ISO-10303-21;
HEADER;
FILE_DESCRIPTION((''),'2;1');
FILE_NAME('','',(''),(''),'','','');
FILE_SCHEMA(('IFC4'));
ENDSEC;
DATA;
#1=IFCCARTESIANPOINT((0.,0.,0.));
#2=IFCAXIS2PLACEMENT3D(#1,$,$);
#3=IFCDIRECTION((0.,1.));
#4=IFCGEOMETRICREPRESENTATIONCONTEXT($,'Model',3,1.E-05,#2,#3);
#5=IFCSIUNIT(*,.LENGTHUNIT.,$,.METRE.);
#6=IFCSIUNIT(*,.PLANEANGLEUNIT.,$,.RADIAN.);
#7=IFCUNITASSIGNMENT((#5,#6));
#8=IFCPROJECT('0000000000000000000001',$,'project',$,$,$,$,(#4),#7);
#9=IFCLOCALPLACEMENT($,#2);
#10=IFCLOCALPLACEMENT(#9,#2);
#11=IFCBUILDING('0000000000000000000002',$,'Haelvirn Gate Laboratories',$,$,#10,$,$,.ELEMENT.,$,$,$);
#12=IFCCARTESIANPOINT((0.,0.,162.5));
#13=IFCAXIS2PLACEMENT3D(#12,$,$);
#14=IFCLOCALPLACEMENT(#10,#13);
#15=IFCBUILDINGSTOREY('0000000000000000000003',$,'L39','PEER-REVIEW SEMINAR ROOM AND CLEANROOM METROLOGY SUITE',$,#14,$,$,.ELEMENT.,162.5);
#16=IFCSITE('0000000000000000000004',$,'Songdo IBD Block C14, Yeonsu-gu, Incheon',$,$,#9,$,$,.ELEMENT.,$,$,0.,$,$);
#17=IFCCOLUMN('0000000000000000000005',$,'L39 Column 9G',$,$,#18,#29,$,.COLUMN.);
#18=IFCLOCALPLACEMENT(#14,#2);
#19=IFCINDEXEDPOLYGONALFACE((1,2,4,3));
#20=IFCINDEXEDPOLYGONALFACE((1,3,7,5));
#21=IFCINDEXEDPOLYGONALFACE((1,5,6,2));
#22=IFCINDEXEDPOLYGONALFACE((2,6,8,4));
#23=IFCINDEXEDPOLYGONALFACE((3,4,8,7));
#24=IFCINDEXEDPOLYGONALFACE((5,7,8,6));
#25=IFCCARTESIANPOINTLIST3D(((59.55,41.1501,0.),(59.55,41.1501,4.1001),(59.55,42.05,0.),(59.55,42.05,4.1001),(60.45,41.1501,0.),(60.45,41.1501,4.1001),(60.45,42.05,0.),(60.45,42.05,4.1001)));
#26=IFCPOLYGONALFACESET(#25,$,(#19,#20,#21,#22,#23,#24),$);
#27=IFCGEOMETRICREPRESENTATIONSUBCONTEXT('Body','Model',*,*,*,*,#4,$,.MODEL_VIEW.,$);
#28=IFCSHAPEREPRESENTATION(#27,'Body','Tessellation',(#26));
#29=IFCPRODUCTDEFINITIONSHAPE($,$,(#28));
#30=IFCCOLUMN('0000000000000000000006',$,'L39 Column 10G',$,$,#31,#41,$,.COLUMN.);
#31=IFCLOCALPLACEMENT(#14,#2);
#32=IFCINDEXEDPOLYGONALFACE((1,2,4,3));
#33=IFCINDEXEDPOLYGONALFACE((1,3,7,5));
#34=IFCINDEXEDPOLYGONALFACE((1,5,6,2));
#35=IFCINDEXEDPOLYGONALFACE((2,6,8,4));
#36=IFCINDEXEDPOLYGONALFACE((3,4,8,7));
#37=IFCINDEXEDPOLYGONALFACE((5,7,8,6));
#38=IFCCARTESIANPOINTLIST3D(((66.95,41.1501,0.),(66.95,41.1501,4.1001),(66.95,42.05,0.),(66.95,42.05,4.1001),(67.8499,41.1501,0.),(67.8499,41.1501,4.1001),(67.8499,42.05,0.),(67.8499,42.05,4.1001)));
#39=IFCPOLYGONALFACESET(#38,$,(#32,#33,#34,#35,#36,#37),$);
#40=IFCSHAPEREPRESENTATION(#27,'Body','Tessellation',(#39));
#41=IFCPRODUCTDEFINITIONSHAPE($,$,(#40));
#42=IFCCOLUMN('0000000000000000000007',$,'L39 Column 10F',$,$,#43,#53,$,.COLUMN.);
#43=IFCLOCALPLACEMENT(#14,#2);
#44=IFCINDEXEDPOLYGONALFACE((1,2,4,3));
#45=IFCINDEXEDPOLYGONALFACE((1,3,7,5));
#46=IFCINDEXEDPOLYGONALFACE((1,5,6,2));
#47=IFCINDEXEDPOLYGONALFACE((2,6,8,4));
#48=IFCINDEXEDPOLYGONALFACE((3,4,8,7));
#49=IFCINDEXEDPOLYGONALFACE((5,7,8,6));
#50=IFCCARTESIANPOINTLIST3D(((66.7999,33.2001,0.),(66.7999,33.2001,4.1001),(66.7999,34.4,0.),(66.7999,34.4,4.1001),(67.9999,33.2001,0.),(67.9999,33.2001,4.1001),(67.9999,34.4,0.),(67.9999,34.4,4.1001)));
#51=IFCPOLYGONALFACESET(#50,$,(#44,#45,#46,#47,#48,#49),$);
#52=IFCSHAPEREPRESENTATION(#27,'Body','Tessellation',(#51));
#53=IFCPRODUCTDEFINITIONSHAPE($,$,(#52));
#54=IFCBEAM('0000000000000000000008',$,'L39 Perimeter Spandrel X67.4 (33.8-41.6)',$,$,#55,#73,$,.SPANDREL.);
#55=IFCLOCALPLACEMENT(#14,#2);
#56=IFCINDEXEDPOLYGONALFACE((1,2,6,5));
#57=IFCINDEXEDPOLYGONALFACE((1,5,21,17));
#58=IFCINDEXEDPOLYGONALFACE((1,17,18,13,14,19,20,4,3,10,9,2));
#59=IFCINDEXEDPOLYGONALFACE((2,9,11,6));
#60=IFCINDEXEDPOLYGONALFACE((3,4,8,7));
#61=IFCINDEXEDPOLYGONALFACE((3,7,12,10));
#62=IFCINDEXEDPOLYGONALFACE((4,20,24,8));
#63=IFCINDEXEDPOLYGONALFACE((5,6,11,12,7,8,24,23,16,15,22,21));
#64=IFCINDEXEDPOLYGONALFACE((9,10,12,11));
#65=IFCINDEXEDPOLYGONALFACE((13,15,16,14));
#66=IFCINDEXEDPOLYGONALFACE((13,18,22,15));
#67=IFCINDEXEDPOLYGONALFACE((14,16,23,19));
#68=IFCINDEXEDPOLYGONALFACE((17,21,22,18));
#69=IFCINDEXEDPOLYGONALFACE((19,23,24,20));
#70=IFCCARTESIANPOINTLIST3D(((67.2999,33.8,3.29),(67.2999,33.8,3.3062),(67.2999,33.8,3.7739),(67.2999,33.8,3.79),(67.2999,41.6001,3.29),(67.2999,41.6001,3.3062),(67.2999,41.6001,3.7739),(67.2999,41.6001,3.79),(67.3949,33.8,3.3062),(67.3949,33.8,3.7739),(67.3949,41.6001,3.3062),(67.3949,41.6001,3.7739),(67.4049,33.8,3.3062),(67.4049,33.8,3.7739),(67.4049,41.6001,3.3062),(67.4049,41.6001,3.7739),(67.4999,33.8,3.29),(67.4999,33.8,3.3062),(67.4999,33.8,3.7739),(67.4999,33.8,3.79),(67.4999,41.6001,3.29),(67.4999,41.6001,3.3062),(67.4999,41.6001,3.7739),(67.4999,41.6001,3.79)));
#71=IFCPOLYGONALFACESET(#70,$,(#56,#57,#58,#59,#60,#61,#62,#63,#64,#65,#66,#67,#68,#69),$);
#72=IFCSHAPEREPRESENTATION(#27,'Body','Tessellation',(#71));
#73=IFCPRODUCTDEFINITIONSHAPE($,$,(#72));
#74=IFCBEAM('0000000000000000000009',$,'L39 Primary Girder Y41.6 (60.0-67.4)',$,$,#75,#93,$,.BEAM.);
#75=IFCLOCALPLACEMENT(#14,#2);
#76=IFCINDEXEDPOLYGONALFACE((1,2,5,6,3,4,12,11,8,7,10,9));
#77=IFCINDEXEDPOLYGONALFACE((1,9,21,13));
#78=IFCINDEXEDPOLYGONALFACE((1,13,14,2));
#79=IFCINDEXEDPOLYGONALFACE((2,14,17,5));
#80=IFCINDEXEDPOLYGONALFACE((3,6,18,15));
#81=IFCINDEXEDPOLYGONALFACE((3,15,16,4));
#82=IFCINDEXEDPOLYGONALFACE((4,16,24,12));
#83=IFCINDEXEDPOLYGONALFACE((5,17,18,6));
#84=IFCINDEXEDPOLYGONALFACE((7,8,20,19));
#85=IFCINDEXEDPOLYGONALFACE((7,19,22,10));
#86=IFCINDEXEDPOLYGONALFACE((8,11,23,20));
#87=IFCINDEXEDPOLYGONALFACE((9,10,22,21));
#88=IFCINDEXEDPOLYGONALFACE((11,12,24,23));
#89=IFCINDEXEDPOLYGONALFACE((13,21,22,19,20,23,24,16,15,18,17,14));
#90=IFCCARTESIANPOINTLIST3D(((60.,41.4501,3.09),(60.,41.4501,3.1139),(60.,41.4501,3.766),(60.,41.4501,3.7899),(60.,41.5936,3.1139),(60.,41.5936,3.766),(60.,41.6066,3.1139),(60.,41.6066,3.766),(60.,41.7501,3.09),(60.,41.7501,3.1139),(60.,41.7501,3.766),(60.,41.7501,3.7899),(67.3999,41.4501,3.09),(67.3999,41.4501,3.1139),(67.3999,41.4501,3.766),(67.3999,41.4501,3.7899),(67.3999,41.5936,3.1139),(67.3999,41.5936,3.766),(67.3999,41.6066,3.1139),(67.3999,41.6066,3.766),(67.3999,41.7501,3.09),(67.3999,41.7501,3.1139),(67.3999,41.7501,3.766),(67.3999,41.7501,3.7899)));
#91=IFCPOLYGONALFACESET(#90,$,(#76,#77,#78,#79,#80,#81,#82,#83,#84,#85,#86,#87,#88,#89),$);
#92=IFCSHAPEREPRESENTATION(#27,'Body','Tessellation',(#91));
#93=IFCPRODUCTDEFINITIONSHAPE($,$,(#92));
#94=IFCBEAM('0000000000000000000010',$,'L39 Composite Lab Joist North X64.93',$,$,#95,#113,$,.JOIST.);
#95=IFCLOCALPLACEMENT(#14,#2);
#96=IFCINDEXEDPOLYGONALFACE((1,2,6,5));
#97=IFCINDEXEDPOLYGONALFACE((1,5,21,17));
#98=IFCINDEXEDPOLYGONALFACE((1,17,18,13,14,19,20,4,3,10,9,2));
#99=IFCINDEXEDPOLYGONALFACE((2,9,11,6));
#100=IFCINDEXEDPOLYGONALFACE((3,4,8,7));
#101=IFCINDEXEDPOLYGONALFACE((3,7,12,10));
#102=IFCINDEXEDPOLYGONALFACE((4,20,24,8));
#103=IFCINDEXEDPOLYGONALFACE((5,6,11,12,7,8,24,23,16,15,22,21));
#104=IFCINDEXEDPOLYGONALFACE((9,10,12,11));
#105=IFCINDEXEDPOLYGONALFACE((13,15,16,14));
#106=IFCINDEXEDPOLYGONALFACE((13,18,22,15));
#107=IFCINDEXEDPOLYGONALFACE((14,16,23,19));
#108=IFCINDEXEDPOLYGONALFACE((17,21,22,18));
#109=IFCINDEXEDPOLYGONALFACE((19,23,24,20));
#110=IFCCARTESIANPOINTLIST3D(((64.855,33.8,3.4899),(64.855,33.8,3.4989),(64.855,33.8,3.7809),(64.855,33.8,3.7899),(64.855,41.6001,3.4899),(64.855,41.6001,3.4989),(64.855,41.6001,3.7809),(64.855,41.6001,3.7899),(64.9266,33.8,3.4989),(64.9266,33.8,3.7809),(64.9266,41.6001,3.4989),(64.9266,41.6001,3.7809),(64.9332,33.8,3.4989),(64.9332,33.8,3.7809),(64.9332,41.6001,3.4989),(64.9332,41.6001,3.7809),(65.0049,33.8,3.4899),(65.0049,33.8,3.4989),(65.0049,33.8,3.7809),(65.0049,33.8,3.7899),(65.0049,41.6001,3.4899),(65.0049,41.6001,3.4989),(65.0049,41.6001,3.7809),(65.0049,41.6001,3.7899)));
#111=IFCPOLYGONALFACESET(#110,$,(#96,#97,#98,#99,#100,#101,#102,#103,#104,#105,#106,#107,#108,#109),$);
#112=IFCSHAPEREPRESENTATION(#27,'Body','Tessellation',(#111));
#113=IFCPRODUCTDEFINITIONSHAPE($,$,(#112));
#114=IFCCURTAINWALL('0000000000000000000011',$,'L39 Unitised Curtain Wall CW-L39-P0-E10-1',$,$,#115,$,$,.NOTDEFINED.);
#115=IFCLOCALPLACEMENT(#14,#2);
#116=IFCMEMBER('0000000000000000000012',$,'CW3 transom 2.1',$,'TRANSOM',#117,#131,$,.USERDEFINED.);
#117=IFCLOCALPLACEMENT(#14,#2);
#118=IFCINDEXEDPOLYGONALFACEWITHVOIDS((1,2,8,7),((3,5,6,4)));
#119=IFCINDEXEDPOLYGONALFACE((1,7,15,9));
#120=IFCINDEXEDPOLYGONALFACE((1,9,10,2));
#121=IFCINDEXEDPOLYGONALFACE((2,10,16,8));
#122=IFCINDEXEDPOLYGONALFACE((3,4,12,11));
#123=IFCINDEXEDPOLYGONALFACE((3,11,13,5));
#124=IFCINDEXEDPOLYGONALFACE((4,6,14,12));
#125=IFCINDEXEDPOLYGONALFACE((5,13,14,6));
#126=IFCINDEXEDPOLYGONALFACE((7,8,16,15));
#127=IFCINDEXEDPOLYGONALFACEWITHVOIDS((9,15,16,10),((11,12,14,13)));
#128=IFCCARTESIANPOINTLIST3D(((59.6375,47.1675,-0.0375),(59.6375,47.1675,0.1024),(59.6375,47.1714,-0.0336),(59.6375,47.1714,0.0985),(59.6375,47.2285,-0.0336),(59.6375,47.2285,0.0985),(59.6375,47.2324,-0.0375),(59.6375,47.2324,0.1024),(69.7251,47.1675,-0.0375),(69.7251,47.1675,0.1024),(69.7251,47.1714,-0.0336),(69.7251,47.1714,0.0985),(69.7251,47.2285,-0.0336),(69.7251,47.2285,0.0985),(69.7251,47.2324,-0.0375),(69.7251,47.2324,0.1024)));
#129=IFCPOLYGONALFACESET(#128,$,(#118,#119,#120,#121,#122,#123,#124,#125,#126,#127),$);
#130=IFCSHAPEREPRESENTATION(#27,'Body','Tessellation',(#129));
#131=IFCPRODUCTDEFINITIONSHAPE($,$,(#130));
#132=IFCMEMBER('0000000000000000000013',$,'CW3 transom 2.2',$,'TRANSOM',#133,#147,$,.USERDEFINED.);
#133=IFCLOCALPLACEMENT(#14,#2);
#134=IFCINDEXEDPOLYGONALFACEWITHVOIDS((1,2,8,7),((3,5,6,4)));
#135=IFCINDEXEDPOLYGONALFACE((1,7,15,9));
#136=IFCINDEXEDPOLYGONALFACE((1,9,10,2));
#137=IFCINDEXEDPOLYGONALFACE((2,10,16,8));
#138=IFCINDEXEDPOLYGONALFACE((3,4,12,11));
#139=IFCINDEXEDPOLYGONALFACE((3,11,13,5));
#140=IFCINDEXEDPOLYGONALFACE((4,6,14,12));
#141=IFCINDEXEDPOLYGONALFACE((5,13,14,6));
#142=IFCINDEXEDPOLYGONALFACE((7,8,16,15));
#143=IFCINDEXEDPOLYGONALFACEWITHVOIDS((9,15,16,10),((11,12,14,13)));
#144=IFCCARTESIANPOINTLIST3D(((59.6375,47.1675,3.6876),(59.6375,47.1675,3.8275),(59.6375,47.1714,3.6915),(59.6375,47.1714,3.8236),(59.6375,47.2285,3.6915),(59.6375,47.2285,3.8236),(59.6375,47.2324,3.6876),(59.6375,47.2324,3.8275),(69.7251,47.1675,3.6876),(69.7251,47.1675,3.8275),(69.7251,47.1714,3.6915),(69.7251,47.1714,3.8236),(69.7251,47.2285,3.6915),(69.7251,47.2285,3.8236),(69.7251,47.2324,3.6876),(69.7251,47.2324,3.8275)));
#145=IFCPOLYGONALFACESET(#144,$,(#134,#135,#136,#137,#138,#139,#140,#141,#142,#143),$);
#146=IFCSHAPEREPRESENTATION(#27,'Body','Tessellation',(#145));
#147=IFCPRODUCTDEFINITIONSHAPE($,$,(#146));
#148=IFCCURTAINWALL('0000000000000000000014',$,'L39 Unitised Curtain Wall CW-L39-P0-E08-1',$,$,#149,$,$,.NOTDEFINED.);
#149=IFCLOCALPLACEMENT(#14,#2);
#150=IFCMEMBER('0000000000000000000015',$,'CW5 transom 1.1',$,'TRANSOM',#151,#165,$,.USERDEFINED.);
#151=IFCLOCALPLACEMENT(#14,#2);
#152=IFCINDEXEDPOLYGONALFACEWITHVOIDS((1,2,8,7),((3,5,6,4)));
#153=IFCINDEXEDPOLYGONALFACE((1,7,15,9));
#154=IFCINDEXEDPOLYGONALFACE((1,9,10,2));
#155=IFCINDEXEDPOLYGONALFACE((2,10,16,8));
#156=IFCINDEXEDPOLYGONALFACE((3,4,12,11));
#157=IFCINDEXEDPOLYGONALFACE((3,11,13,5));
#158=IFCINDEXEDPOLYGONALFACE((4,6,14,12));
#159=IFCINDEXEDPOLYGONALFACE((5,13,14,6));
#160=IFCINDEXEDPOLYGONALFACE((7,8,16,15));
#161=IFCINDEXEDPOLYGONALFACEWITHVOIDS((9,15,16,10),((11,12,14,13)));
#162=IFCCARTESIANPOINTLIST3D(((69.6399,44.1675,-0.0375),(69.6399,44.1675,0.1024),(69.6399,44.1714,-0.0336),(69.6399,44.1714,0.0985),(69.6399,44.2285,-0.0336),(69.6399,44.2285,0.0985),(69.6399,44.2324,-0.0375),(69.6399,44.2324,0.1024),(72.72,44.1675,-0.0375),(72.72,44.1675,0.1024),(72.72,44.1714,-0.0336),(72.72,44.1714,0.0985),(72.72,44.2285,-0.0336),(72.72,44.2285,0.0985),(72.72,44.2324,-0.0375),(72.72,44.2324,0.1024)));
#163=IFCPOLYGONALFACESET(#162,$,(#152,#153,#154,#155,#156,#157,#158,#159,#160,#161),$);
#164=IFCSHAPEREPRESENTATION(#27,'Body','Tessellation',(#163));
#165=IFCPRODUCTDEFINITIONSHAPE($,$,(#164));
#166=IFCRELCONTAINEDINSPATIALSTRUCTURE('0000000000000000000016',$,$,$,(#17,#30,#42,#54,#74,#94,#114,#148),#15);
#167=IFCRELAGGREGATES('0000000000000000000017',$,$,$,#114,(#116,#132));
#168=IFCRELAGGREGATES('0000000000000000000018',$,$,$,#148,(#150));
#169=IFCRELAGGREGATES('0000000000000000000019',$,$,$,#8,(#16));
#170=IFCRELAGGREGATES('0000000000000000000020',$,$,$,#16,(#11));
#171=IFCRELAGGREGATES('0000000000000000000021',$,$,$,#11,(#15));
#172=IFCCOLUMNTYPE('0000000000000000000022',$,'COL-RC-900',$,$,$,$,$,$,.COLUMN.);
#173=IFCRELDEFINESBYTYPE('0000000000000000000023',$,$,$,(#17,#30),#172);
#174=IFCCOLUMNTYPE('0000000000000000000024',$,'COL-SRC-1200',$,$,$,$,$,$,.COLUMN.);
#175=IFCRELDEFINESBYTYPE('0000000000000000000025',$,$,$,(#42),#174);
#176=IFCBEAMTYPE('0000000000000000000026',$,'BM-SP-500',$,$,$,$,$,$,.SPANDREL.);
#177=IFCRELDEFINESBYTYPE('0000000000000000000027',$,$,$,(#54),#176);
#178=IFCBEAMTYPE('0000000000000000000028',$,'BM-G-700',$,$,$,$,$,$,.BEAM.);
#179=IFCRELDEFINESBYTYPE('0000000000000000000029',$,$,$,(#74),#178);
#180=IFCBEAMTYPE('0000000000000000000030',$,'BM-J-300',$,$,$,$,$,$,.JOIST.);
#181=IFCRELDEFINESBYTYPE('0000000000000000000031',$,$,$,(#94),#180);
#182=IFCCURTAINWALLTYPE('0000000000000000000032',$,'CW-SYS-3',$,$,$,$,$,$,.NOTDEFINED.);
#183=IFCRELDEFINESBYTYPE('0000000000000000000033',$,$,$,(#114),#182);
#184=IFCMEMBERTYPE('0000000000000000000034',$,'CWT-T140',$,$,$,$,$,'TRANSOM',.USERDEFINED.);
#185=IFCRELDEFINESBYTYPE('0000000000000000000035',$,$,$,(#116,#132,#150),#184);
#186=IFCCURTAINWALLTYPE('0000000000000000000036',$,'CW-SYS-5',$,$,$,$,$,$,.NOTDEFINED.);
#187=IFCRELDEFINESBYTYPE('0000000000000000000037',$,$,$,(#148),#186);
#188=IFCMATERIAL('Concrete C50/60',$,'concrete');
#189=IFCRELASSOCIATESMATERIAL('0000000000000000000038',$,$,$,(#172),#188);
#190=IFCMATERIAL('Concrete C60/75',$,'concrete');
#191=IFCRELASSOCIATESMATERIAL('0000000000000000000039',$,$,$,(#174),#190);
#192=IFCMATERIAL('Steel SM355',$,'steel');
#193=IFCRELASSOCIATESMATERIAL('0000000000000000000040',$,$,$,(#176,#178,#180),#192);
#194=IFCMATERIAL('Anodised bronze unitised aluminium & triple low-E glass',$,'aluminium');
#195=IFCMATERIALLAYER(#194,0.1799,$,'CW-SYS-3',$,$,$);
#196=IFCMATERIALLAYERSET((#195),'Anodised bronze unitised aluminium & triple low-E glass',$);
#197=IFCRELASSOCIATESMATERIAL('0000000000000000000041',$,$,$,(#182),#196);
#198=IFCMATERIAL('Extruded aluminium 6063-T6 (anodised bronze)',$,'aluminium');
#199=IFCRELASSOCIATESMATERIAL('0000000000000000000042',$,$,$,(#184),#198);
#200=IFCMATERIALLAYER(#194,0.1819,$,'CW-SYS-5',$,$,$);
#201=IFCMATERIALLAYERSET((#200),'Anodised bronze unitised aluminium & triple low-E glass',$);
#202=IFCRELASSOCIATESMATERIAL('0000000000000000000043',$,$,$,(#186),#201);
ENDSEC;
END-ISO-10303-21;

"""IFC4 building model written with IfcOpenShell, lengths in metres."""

from ifc_helpers import new_model, si_unit, direction, frame, origin, origin_2d, place, context, subcontext, project, spatial, rectangle, hollow_rectangle, i_section, extrude, source, transform, mapped, material, layer, layer_set, material_profile, profile_set, type_object, type_shapes, element, aggregate, save


model = new_model("IFC4")

# Units and contexts
model_context = context("Model", 3, precision=1e-05, world=origin(), true_north=direction((0.0, 1.0)))
body_context = subcontext(model_context, "Body", "Model", "MODEL_VIEW")
ifc_project = project(units=[si_unit("LENGTHUNIT", "METRE"), si_unit("PLANEANGLEUNIT", "RADIAN")], contexts=[model_context])

# Site, building, storey
site_placement = place(None, origin())
site = spatial("IfcSite", under=ifc_project, at=site_placement, Name="Songdo IBD Block C14, Yeonsu-gu, Incheon", CompositionType="ELEMENT", RefElevation=0.0)
building_placement = place(site_placement, origin())
building = spatial("IfcBuilding", under=site, at=building_placement, Name="Haelvirn Gate Laboratories", CompositionType="ELEMENT")
storey_placement = place(building_placement, frame((0.0, 0.0, 162.5)))
storey = spatial("IfcBuildingStorey", under=building, at=storey_placement, Name="L39", Description="PEER-REVIEW SEMINAR ROOM AND CLEANROOM METROLOGY SUITE", CompositionType="ELEMENT", Elevation=162.5)

# Columns
ifc_material_1 = material(Name="Concrete C50/60", Category="concrete")
ifc_material_profile_1 = material_profile(ifc_material_1, rectangle(XDim=0.8999, YDim=0.8999, at=origin_2d()), Name="RC-900x900")
ifc_profile_set_1 = profile_set([ifc_material_profile_1], Name="Concrete C50/60")
column_type_1 = type_object("IfcColumnType", Name="COL-RC-900", PredefinedType="COLUMN", material=ifc_profile_set_1)
shared_shape_1 = source(origin(), body_context, "Body", "SweptSolid", [
    extrude(rectangle(XDim=0.8999, YDim=0.8999, at=origin_2d()), origin(), (0.0, 0.0, 1.0), 4.1001),
])
type_shapes(column_type_1, [shared_shape_1])
for number, where, z_axis, x_axis, name in (
    (1, (60.0, 41.6001, 0.0), (0.0, 0.0, 1.0), (1.0, 0.0, 0.0), "L39 Column 9G"),
    (2, (67.3999, 41.6001, 0.0), (0.0, 0.0, 1.0), (1.0, 0.0, 0.0), "L39 Column 10G"),
):
    element("IfcColumn", number, at=place(storey_placement, frame(where, z_axis=z_axis, x_axis=x_axis)), inside=storey, type_object=column_type_1, Name=name, PredefinedType="COLUMN", context=body_context, shape_type="MappedRepresentation", body=[
        mapped(shared_shape_1, transform((0.0, 0.0, 0.0), scale=1.0)),
    ])
ifc_material_2 = material(Name="Concrete C60/75", Category="concrete")
ifc_material_profile_2 = material_profile(ifc_material_2, rectangle(XDim=1.2, YDim=1.2, at=origin_2d()), Name="SRC-1200x1200")
ifc_profile_set_2 = profile_set([ifc_material_profile_2], Name="Concrete C60/75")
column_type_2 = type_object("IfcColumnType", Name="COL-SRC-1200", PredefinedType="COLUMN", material=ifc_profile_set_2)
shared_shape_2 = source(origin(), body_context, "Body", "SweptSolid", [
    extrude(rectangle(XDim=1.2, YDim=1.2, at=origin_2d()), origin(), (0.0, 0.0, 1.0), 4.1001),
])
type_shapes(column_type_2, [shared_shape_2])
column_placement = place(storey_placement, frame((67.3999, 33.8, 0.0), z_axis=(0.0, 0.0, 1.0), x_axis=(1.0, 0.0, 0.0)))
element("IfcColumn", 3, at=column_placement, inside=storey, type_object=column_type_2, Name="L39 Column 10F", PredefinedType="COLUMN", context=body_context, shape_type="MappedRepresentation", body=[
    mapped(shared_shape_2, transform((0.0, 0.0, 0.0), scale=1.0)),
])

# Beams
ifc_material_3 = material(Name="Steel SM355", Category="steel")
ifc_material_profile_3 = material_profile(ifc_material_3, i_section(OverallWidth=0.2, OverallDepth=0.5, WebThickness=0.01, FlangeThickness=0.0161, at=origin_2d()), Name="H-500x200x10x16")
ifc_profile_set_3 = profile_set([ifc_material_profile_3], Name="Steel SM355")
beam_type_1 = type_object("IfcBeamType", Name="BM-SP-500", PredefinedType="SPANDREL", material=ifc_profile_set_3)
shared_shape_3 = source(origin(), body_context, "Body", "SweptSolid", [
    extrude(i_section(OverallWidth=0.2, OverallDepth=0.5, WebThickness=0.01, FlangeThickness=0.0161, at=origin_2d()), origin(), (0.0, 0.0, 1.0), 7.8),
])
type_shapes(beam_type_1, [shared_shape_3])
beam_1_placement = place(storey_placement, frame((67.3999, 33.8, 3.54), z_axis=(0.0, 1.0, 0.0), x_axis=(-1.0, 0.0, 0.0)))
element("IfcBeam", 4, at=beam_1_placement, inside=storey, type_object=beam_type_1, Name="L39 Perimeter Spandrel X67.4 (33.8-41.6)", PredefinedType="SPANDREL", context=body_context, shape_type="MappedRepresentation", body=[
    mapped(shared_shape_3, transform((0.0, 0.0, 0.0), scale=1.0)),
])
ifc_material_profile_4 = material_profile(ifc_material_3, i_section(OverallWidth=0.3, OverallDepth=0.7, WebThickness=0.0129, FlangeThickness=0.0239, at=origin_2d()), Name="H-700x300x13x24")
ifc_profile_set_4 = profile_set([ifc_material_profile_4], Name="Steel SM355")
beam_type_2 = type_object("IfcBeamType", Name="BM-G-700", PredefinedType="BEAM", material=ifc_profile_set_4)
shared_shape_4 = source(origin(), body_context, "Body", "SweptSolid", [
    extrude(i_section(OverallWidth=0.3, OverallDepth=0.7, WebThickness=0.0129, FlangeThickness=0.0239, at=origin_2d()), origin(), (0.0, 0.0, 1.0), 7.3999),
])
type_shapes(beam_type_2, [shared_shape_4])
beam_2_placement = place(storey_placement, frame((60.0, 41.6001, 3.4399), z_axis=(1.0, 0.0, 0.0), x_axis=(0.0, 1.0, 0.0)))
element("IfcBeam", 5, at=beam_2_placement, inside=storey, type_object=beam_type_2, Name="L39 Primary Girder Y41.6 (60.0-67.4)", PredefinedType="BEAM", context=body_context, shape_type="MappedRepresentation", body=[
    mapped(shared_shape_4, transform((0.0, 0.0, 0.0), scale=1.0)),
])
ifc_material_profile_5 = material_profile(ifc_material_3, i_section(OverallWidth=0.1499, OverallDepth=0.3, WebThickness=0.0066, FlangeThickness=0.009, at=origin_2d()), Name="H-300x150x6.5x9")
ifc_profile_set_5 = profile_set([ifc_material_profile_5], Name="Steel SM355")
beam_type_3 = type_object("IfcBeamType", Name="BM-J-300", PredefinedType="JOIST", material=ifc_profile_set_5)
shared_shape_5 = source(origin(), body_context, "Body", "SweptSolid", [
    extrude(i_section(OverallWidth=0.1499, OverallDepth=0.3, WebThickness=0.0066, FlangeThickness=0.009, at=origin_2d()), origin(), (0.0, 0.0, 1.0), 7.8),
])
type_shapes(beam_type_3, [shared_shape_5])
beam_3_placement = place(storey_placement, frame((64.9299, 33.8, 3.6399), z_axis=(0.0, 1.0, 0.0), x_axis=(-1.0, 0.0, 0.0)))
element("IfcBeam", 6, at=beam_3_placement, inside=storey, type_object=beam_type_3, Name="L39 Composite Lab Joist North X64.93", PredefinedType="JOIST", context=body_context, shape_type="MappedRepresentation", body=[
    mapped(shared_shape_5, transform((0.0, 0.0, 0.0), scale=1.0)),
])

# Curtain walls, members
ifc_material_4 = material(Name="Anodised bronze unitised aluminium & triple low-E glass", Category="aluminium")
ifc_layer_1 = layer(ifc_material_4, 0.1799, Name="CW-SYS-3")
ifc_layer_set_1 = layer_set([ifc_layer_1], Name="Anodised bronze unitised aluminium & triple low-E glass")
curtain_wall_type_1 = type_object("IfcCurtainWallType", Name="CW-SYS-3", PredefinedType="NOTDEFINED", material=ifc_layer_set_1)
curtain_wall_1_placement = place(storey_placement, origin())
curtain_wall_1 = element("IfcCurtainWall", 7, at=curtain_wall_1_placement, inside=storey, type_object=curtain_wall_type_1, Name="L39 Unitised Curtain Wall CW-L39-P0-E10-1", PredefinedType="NOTDEFINED")
ifc_material_5 = material(Name="Extruded aluminium 6063-T6 (anodised bronze)", Category="aluminium")
ifc_material_profile_6 = material_profile(ifc_material_5, hollow_rectangle(XDim=0.0649, YDim=0.1399, WallThickness=0.0039, at=origin_2d()), Name="CWT-140x65x4")
ifc_profile_set_6 = profile_set([ifc_material_profile_6], Name="Extruded aluminium 6063-T6 (anodised bronze)")
member_type_1 = type_object("IfcMemberType", Name="CWT-T140", ElementType="TRANSOM", PredefinedType="USERDEFINED", material=ifc_profile_set_6)
shared_shape_6 = source(origin(), body_context, "Body", "SweptSolid", [
    extrude(hollow_rectangle(XDim=0.0649, YDim=0.1399, WallThickness=0.0039, at=origin_2d()), origin(), (0.0, 0.0, 1.0), 10.0876),
])
member_1_placement = place(storey_placement, frame((59.6375, 47.2, 0.0325), z_axis=(1.0, 0.0, 0.0), x_axis=(0.0, 1.0, 0.0)))
member_1 = element("IfcMember", 8, at=member_1_placement, type_object=member_type_1, Name="CW3 transom 2.1", ObjectType="TRANSOM", PredefinedType="USERDEFINED", context=body_context, shape_type="MappedRepresentation", body=[
    mapped(shared_shape_6, transform((0.0, 0.0, 0.0), scale=1.0)),
])
member_2_placement = place(storey_placement, frame((59.6375, 47.2, 3.7576), z_axis=(1.0, 0.0, 0.0), x_axis=(0.0, 1.0, 0.0)))
member_2 = element("IfcMember", 9, at=member_2_placement, type_object=member_type_1, Name="CW3 transom 2.2", ObjectType="TRANSOM", PredefinedType="USERDEFINED", context=body_context, shape_type="MappedRepresentation", body=[
    mapped(shared_shape_6, transform((0.0, 0.0, 0.0), scale=1.0)),
])
ifc_layer_2 = layer(ifc_material_4, 0.1819, Name="CW-SYS-5")
ifc_layer_set_2 = layer_set([ifc_layer_2], Name="Anodised bronze unitised aluminium & triple low-E glass")
curtain_wall_type_2 = type_object("IfcCurtainWallType", Name="CW-SYS-5", PredefinedType="NOTDEFINED", material=ifc_layer_set_2)
curtain_wall_2_placement = place(storey_placement, origin())
curtain_wall_2 = element("IfcCurtainWall", 10, at=curtain_wall_2_placement, inside=storey, type_object=curtain_wall_type_2, Name="L39 Unitised Curtain Wall CW-L39-P0-E08-1", PredefinedType="NOTDEFINED")
shared_shape_7 = source(origin(), body_context, "Body", "SweptSolid", [
    extrude(hollow_rectangle(XDim=0.0649, YDim=0.1399, WallThickness=0.0039, at=origin_2d()), origin(), (0.0, 0.0, 1.0), 3.0801),
])
type_shapes(member_type_1, [shared_shape_6, shared_shape_7])
member_3_placement = place(storey_placement, frame((69.6399, 44.2, 0.0325), z_axis=(1.0, 0.0, 0.0), x_axis=(0.0, 1.0, 0.0)))
member_3 = element("IfcMember", 11, at=member_3_placement, type_object=member_type_1, Name="CW5 transom 1.1", ObjectType="TRANSOM", PredefinedType="USERDEFINED", context=body_context, shape_type="MappedRepresentation", body=[
    mapped(shared_shape_7, transform((0.0, 0.0, 0.0), scale=1.0)),
])

aggregate(curtain_wall_1, [member_1, member_2])
aggregate(curtain_wall_2, [member_3])

save(model, "model.ifc")
